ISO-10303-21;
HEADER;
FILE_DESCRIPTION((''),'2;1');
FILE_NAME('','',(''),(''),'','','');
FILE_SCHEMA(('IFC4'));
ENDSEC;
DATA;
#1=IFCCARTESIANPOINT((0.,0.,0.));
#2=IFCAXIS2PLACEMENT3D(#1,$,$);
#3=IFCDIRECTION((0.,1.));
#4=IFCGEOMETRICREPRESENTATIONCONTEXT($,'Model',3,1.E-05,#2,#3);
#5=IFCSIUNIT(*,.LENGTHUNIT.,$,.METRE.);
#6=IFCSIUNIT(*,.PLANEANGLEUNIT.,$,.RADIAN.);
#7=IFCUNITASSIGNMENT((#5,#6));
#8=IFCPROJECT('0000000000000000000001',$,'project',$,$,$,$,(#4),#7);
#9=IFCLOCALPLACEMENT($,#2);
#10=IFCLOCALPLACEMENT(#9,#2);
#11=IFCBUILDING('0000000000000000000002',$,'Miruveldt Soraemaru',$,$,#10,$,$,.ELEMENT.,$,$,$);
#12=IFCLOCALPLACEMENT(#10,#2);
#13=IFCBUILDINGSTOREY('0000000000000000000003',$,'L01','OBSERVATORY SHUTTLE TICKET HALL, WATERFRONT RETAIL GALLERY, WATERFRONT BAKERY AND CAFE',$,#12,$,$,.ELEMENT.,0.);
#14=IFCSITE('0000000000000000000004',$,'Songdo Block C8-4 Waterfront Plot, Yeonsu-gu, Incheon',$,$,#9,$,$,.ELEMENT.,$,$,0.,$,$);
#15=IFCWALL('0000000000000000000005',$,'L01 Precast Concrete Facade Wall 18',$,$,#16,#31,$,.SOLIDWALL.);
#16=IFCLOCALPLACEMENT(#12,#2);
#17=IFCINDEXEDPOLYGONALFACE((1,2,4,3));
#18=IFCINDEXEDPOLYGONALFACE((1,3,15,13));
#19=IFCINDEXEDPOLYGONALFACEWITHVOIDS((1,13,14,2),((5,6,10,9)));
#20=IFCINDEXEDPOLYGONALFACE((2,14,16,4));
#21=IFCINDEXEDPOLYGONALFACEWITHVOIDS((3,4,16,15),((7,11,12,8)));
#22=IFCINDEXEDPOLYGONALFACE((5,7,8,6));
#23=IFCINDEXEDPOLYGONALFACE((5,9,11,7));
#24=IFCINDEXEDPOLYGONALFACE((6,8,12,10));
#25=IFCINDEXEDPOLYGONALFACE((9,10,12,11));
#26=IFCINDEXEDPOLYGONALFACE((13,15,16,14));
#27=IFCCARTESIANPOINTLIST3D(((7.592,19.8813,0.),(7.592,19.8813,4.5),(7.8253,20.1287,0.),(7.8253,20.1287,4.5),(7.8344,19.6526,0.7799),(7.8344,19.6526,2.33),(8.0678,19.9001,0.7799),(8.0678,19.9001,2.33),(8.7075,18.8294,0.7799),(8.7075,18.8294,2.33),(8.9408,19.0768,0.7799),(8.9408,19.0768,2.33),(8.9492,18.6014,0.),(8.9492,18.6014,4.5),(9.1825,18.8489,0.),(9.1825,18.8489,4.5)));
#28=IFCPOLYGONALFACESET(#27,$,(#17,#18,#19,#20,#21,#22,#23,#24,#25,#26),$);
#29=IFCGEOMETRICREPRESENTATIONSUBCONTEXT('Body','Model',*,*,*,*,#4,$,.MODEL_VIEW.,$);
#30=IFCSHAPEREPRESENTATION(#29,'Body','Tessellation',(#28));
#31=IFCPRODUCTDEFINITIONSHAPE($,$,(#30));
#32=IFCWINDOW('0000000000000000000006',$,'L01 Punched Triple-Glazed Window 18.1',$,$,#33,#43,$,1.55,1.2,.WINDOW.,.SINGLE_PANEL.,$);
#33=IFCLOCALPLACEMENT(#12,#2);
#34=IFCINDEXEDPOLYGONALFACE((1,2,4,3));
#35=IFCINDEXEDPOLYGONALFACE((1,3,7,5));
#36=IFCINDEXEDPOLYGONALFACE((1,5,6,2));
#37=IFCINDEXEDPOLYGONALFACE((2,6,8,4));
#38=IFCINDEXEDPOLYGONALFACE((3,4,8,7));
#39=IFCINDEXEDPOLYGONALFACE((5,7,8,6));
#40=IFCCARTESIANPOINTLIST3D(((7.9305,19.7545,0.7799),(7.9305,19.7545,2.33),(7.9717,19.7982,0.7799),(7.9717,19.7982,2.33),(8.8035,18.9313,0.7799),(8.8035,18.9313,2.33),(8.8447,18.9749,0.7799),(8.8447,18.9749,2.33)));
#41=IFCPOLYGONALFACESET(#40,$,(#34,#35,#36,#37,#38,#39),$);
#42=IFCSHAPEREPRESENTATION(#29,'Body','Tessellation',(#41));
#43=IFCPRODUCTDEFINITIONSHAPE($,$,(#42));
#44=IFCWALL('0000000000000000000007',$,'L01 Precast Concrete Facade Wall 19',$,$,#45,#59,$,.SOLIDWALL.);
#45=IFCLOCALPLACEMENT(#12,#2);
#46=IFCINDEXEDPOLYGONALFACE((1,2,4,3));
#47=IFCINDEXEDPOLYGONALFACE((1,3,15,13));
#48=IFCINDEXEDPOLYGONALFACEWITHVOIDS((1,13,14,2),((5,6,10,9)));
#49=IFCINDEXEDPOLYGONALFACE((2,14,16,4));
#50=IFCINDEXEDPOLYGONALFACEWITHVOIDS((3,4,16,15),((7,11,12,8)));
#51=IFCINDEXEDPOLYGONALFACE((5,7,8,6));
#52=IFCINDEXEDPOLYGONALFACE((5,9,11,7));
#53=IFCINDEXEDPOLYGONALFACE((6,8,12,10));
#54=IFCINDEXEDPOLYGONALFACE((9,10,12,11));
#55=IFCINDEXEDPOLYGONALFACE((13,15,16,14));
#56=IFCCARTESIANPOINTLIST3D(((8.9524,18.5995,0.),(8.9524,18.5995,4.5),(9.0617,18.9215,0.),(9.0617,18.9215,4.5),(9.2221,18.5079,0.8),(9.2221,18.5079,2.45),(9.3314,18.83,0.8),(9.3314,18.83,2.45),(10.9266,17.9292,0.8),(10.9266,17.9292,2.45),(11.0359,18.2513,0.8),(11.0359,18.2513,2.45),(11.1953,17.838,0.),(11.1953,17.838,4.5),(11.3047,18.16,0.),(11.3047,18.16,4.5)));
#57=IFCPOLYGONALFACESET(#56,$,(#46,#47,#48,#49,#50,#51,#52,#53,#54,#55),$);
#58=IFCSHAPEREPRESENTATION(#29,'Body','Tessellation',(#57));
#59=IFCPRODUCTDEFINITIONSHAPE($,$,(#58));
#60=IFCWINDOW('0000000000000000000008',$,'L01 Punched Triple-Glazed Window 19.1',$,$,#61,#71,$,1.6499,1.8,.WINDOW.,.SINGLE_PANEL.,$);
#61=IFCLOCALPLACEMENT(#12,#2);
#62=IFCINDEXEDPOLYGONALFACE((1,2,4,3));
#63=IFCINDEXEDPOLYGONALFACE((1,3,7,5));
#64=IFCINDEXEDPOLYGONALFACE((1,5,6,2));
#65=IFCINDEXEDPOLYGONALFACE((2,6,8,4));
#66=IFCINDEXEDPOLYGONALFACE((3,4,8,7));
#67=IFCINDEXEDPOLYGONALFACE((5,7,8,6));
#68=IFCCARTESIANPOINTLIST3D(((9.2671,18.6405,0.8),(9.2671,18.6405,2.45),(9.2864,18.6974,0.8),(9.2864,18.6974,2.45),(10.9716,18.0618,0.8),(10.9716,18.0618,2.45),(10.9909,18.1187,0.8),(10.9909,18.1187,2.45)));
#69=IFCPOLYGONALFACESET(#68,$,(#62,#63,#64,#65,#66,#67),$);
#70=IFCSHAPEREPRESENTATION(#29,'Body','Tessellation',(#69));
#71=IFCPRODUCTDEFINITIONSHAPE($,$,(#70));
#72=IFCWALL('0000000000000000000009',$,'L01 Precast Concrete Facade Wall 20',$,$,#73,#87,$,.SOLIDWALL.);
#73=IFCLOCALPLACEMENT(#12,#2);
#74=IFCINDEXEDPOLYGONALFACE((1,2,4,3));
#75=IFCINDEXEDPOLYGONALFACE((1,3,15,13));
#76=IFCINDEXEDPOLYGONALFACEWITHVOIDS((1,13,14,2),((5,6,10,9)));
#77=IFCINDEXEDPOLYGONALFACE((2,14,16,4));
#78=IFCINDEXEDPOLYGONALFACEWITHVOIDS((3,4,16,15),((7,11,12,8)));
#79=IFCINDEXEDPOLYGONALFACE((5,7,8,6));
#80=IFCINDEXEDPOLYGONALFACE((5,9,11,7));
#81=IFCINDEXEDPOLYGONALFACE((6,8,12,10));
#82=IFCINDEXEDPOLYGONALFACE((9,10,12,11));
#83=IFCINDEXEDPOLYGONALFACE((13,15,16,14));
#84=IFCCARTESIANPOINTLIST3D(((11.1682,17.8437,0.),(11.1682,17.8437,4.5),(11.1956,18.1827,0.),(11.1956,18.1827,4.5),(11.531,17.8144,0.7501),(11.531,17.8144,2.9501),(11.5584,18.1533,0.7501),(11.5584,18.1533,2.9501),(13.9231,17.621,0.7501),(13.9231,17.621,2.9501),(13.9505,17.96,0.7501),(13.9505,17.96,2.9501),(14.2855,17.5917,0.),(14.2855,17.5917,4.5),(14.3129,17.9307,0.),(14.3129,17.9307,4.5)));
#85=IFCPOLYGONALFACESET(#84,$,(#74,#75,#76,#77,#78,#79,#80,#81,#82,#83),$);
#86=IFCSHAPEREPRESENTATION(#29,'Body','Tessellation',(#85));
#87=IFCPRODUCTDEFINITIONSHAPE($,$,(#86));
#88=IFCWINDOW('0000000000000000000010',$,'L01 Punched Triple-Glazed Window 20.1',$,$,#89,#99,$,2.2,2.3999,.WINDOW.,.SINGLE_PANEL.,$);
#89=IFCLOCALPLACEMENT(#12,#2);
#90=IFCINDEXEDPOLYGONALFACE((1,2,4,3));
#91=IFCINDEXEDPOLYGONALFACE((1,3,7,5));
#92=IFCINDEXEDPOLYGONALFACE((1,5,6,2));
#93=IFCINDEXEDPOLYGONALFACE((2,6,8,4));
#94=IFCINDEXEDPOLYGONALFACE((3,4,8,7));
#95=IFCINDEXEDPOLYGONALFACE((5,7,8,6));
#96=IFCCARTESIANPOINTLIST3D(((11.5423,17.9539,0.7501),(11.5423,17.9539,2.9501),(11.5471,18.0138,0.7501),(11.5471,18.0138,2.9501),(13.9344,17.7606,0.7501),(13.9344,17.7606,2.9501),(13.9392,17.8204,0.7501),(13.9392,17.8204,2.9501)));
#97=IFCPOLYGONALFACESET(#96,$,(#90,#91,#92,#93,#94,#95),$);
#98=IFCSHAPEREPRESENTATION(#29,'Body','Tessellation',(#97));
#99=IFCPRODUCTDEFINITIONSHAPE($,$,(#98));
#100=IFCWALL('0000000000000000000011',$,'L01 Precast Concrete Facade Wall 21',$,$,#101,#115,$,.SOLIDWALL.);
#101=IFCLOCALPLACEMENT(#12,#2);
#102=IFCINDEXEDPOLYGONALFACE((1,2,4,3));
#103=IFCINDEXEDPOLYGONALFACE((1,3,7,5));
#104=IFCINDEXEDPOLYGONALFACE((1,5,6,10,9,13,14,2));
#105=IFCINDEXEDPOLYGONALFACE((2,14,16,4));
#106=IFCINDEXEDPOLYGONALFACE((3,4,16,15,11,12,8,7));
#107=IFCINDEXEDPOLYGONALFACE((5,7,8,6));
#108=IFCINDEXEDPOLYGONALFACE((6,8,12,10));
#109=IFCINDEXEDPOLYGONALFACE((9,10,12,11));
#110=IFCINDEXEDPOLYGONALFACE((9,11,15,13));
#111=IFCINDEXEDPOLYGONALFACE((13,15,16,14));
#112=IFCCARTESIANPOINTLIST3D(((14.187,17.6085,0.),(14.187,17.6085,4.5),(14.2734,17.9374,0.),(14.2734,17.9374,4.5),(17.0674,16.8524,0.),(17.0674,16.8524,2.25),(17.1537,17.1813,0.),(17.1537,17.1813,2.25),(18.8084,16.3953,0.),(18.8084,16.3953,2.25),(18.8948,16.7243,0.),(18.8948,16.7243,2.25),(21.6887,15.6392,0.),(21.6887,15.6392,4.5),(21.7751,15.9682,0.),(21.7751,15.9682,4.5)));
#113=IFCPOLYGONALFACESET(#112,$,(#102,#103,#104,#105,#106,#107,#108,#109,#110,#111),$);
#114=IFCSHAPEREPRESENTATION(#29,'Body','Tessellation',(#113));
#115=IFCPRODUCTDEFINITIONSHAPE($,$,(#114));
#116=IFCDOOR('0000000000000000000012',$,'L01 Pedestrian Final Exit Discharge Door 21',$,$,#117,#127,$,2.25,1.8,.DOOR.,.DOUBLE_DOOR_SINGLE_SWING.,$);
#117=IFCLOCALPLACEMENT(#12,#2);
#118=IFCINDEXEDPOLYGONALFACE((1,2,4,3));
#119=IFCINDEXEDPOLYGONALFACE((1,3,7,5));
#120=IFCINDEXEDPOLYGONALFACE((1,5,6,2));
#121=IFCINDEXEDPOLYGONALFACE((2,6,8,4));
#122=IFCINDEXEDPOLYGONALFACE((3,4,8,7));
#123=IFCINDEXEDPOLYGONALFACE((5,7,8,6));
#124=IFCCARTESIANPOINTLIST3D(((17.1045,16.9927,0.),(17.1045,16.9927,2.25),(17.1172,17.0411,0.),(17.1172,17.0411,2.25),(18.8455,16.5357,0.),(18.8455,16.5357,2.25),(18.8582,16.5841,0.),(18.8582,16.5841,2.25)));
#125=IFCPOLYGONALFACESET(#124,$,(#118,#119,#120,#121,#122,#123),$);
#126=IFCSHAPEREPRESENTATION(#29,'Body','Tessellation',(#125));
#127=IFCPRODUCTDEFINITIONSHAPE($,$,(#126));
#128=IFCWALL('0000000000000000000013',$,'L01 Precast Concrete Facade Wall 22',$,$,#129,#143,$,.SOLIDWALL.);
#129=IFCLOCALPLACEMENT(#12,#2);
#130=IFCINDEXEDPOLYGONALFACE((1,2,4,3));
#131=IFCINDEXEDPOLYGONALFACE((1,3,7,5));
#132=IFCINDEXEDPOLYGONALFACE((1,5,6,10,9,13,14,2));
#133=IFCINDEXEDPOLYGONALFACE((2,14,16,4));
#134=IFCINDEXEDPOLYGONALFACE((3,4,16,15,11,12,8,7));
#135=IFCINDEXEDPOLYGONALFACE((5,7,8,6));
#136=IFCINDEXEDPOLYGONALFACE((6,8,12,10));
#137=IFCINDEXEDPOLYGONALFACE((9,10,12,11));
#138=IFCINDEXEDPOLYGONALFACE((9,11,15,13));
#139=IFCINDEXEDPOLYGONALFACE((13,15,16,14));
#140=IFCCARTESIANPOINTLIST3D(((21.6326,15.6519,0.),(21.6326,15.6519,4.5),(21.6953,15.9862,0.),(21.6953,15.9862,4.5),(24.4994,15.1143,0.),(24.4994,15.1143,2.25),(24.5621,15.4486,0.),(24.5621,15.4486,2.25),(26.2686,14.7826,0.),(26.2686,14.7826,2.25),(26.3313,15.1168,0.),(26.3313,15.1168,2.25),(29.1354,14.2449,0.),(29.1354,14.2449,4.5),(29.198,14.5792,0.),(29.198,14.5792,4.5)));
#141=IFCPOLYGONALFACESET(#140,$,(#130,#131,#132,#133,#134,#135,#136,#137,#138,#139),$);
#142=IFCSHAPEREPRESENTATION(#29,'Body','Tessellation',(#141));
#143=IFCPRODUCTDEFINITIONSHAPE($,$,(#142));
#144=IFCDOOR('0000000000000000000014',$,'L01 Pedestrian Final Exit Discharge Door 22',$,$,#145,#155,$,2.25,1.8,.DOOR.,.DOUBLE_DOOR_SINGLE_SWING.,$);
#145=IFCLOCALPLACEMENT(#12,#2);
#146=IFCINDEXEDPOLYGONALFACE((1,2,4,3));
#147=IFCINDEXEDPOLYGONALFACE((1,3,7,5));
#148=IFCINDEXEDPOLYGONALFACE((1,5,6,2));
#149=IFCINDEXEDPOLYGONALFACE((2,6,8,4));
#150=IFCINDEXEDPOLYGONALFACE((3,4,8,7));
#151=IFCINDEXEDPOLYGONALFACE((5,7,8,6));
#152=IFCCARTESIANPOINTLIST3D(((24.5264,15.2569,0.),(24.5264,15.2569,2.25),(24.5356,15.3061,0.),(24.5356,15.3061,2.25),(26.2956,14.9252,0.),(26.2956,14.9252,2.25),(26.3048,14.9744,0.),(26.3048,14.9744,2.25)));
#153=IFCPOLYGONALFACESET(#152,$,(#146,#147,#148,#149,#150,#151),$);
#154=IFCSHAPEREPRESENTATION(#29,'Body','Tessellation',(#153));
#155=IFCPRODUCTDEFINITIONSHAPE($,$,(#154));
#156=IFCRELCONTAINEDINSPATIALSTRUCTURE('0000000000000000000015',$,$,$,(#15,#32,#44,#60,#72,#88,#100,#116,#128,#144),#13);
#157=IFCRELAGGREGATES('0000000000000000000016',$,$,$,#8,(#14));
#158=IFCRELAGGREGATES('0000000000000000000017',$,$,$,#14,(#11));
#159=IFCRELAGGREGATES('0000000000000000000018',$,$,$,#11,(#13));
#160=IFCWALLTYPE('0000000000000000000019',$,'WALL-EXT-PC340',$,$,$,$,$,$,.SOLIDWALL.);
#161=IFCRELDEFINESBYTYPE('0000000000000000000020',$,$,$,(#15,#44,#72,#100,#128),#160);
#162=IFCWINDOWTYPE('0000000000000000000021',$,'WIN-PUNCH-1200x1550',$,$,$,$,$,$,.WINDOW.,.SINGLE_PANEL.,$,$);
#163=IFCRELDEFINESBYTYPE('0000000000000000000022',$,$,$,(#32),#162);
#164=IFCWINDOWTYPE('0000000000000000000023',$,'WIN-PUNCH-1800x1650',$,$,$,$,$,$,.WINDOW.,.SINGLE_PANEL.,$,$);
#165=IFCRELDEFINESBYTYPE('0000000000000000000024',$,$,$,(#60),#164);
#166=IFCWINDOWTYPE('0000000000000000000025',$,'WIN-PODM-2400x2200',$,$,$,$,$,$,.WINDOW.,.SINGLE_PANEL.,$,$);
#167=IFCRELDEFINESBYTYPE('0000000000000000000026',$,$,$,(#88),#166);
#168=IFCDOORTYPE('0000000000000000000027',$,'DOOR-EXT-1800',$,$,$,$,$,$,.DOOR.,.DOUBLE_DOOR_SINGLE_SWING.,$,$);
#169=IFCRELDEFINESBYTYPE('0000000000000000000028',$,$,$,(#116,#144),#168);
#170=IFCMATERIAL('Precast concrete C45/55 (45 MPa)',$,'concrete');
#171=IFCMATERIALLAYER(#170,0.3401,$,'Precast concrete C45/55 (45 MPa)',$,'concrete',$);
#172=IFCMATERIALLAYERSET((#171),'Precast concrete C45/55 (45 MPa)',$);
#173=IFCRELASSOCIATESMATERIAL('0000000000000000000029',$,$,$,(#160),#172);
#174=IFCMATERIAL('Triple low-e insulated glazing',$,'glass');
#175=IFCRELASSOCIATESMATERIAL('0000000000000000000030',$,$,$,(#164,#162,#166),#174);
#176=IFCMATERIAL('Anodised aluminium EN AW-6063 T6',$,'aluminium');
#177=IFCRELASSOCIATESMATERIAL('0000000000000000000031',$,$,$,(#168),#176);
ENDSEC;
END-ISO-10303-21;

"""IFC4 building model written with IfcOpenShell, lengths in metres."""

from ifc_helpers import new_model, si_unit, direction, frame, frame_2d, origin, place, context, subcontext, project, spatial, rectangle, extrude, material, layer, layer_set, type_object, element, fill, save


model = new_model("IFC4")

# Units and contexts
model_context = context("Model", 3, precision=1e-05, world=origin(), true_north=direction((0.0, 1.0)))
body_context = subcontext(model_context, "Body", "Model", "MODEL_VIEW")
ifc_project = project(units=[si_unit("LENGTHUNIT", "METRE"), si_unit("PLANEANGLEUNIT", "RADIAN")], contexts=[model_context])

# Site, building, storey
site_placement = place(None, origin())
site = spatial("IfcSite", under=ifc_project, at=site_placement, Name="Songdo Block C8-4 Waterfront Plot, Yeonsu-gu, Incheon", CompositionType="ELEMENT", RefElevation=0.0)
building_placement = place(site_placement, origin())
building = spatial("IfcBuilding", under=site, at=building_placement, Name="Miruveldt Soraemaru", CompositionType="ELEMENT")
storey_placement = place(building_placement, origin())
storey = spatial("IfcBuildingStorey", under=building, at=storey_placement, Name="L01", Description="OBSERVATORY SHUTTLE TICKET HALL, WATERFRONT RETAIL GALLERY, WATERFRONT BAKERY AND CAFE", CompositionType="ELEMENT", Elevation=0.0)

# Walls, openings, windows
ifc_material_1 = material(Name="Precast concrete C45/55 (45 MPa)", Category="concrete")
ifc_layer_1 = layer(ifc_material_1, 0.3401, Name="Precast concrete C45/55 (45 MPa)", Category="concrete")
ifc_layer_set_1 = layer_set([ifc_layer_1], Name="Precast concrete C45/55 (45 MPa)")
wall_type = type_object("IfcWallType", Name="WALL-EXT-PC340", PredefinedType="SOLIDWALL", material=ifc_layer_set_1)
ifc_material_2 = material(Name="Triple low-e insulated glazing", Category="glass")
window_type_1 = type_object("IfcWindowType", Name="WIN-PUNCH-1800x1650", PartitioningType="SINGLE_PANEL", PredefinedType="WINDOW", material=ifc_material_2)
window_type_2 = type_object("IfcWindowType", Name="WIN-PUNCH-1200x1550", PartitioningType="SINGLE_PANEL", PredefinedType="WINDOW", material=ifc_material_2)
wall_1_placement = place(storey_placement, frame((7.7087, 20.0049, 0.0), z_axis=(0.0, 0.0, 1.0), x_axis=(0.727546, -0.686058, 0.0)))
wall_1 = element("IfcWall", 1, at=wall_1_placement, inside=storey, type_object=wall_type, Name="L01 Precast Concrete Facade Wall 18", PredefinedType="SOLIDWALL", context=body_context, shape_type="SweptSolid", body=[
    extrude(rectangle(XDim=1.8655, YDim=0.3401, at=frame_2d((0.9326, 0.0))), origin(), (0.0, 0.0, 1.0), 4.5),
])
opening_1_placement = place(wall_1_placement, frame((0.333, 0.0, 0.78)))
opening_1 = element("IfcOpeningElement", 2, at=opening_1_placement, cuts=wall_1, PredefinedType="OPENING", context=body_context, shape_type="SweptSolid", body=[
    extrude(rectangle(XDim=1.2, YDim=1.55, at=frame_2d((0.6001, 0.7749))), frame((0.0, 0.1802, 0.0), z_axis=(0.0, -1.0, 0.0), x_axis=(1.0, 0.0, 0.0)), (0.0, 0.0, 1.0), 0.3601),
])
window_1_placement = place(opening_1_placement, origin())
window_1 = element("IfcWindow", 3, at=window_1_placement, inside=storey, type_object=window_type_2, Name="L01 Punched Triple-Glazed Window 18.1", OverallHeight=1.55, OverallWidth=1.2, PartitioningType="SINGLE_PANEL", PredefinedType="WINDOW", context=body_context, shape_type="SweptSolid", body=[
    extrude(rectangle(XDim=1.2, YDim=1.55, at=frame_2d((0.6001, 0.7749))), frame((0.0, 0.03, 0.0), z_axis=(0.0, -1.0, 0.0), x_axis=(1.0, 0.0, 0.0)), (0.0, 0.0, 1.0), 0.0601),
])
fill(opening_1, window_1)
wall_2_placement = place(storey_placement, frame((9.0071, 18.7605, 0.0), z_axis=(0.0, 0.0, 1.0), x_axis=(0.946917, -0.32148, 0.0)))
wall_2 = element("IfcWall", 4, at=wall_2_placement, inside=storey, type_object=wall_type, Name="L01 Precast Concrete Facade Wall 19", PredefinedType="SOLIDWALL", context=body_context, shape_type="SweptSolid", body=[
    extrude(rectangle(XDim=2.3687, YDim=0.3401, at=frame_2d((1.1843, 0.0))), origin(), (0.0, 0.0, 1.0), 4.5),
])
opening_2_placement = place(wall_2_placement, frame((0.2849, 0.0, 0.8)))
opening_2 = element("IfcOpeningElement", 5, at=opening_2_placement, cuts=wall_2, PredefinedType="OPENING", context=body_context, shape_type="SweptSolid", body=[
    extrude(rectangle(XDim=1.8, YDim=1.6499, at=frame_2d((0.8999, 0.825))), frame((0.0, 0.1802, 0.0), z_axis=(0.0, -1.0, 0.0), x_axis=(1.0, 0.0, 0.0)), (0.0, 0.0, 1.0), 0.3601),
])
window_2_placement = place(opening_2_placement, origin())
window_2 = element("IfcWindow", 6, at=window_2_placement, inside=storey, type_object=window_type_1, Name="L01 Punched Triple-Glazed Window 19.1", OverallHeight=1.6499, OverallWidth=1.8, PartitioningType="SINGLE_PANEL", PredefinedType="WINDOW", context=body_context, shape_type="SweptSolid", body=[
    extrude(rectangle(XDim=1.8, YDim=1.6499, at=frame_2d((0.8999, 0.825))), frame((0.0, 0.03, 0.0), z_axis=(0.0, -1.0, 0.0), x_axis=(1.0, 0.0, 0.0)), (0.0, 0.0, 1.0), 0.0601),
])
fill(opening_2, window_2)
wall_3_placement = place(storey_placement, frame((11.1819, 18.0132, 0.0), z_axis=(0.0, 0.0, 1.0), x_axis=(0.996749, -0.080564, 0.0)))
wall_3 = element("IfcWall", 7, at=wall_3_placement, inside=storey, type_object=wall_type, Name="L01 Precast Concrete Facade Wall 20", PredefinedType="SOLIDWALL", context=body_context, shape_type="SweptSolid", body=[
    extrude(rectangle(XDim=3.1274, YDim=0.3401, at=frame_2d((1.5637, 0.0))), origin(), (0.0, 0.0, 1.0), 4.5),
])
opening_3_placement = place(wall_3_placement, frame((0.364, 0.0, 0.75)))
opening_3 = element("IfcOpeningElement", 8, at=opening_3_placement, cuts=wall_3, PredefinedType="OPENING", context=body_context, shape_type="SweptSolid", body=[
    extrude(rectangle(XDim=2.3999, YDim=2.2, at=frame_2d((1.2, 1.1001))), frame((0.0, 0.1802, 0.0), z_axis=(0.0, -1.0, 0.0), x_axis=(1.0, 0.0, 0.0)), (0.0, 0.0, 1.0), 0.3601),
])
window_type_3 = type_object("IfcWindowType", Name="WIN-PODM-2400x2200", PartitioningType="SINGLE_PANEL", PredefinedType="WINDOW", material=ifc_material_2)
window_3_placement = place(opening_3_placement, origin())
window_3 = element("IfcWindow", 9, at=window_3_placement, inside=storey, type_object=window_type_3, Name="L01 Punched Triple-Glazed Window 20.1", OverallHeight=2.2, OverallWidth=2.3999, PartitioningType="SINGLE_PANEL", PredefinedType="WINDOW", context=body_context, shape_type="SweptSolid", body=[
    extrude(rectangle(XDim=2.3999, YDim=2.2, at=frame_2d((1.2, 1.1001))), frame((0.0, 0.03, 0.0), z_axis=(0.0, -1.0, 0.0), x_axis=(1.0, 0.0, 0.0)), (0.0, 0.0, 1.0), 0.0601),
])
fill(opening_3, window_3)

# Walls, openings, doors
wall_4_placement = place(storey_placement, frame((14.2302, 17.7729, 0.0), z_axis=(0.0, 0.0, 1.0), x_axis=(0.96723, -0.253903, 0.0)))
wall_4 = element("IfcWall", 10, at=wall_4_placement, inside=storey, type_object=wall_type, Name="L01 Precast Concrete Facade Wall 21", PredefinedType="SOLIDWALL", context=body_context, shape_type="SweptSolid", body=[
    extrude(rectangle(XDim=7.7559, YDim=0.3401, at=frame_2d((3.8779, 0.0))), origin(), (0.0, 0.0, 1.0), 4.5),
])
opening_4_placement = place(wall_4_placement, frame((2.978, 0.0, 0.0)))
opening_4 = element("IfcOpeningElement", 11, at=opening_4_placement, cuts=wall_4, PredefinedType="OPENING", context=body_context, shape_type="SweptSolid", body=[
    extrude(rectangle(XDim=1.8, YDim=2.25, at=frame_2d((0.8999, 1.125))), frame((0.0, 0.1802, 0.0), z_axis=(0.0, -1.0, 0.0), x_axis=(1.0, 0.0, 0.0)), (0.0, 0.0, 1.0), 0.3601),
])
ifc_material_3 = material(Name="Anodised aluminium EN AW-6063 T6", Category="aluminium")
door_type = type_object("IfcDoorType", Name="DOOR-EXT-1800", OperationType="DOUBLE_DOOR_SINGLE_SWING", PredefinedType="DOOR", material=ifc_material_3)
door_1_placement = place(opening_4_placement, frame((1.8, 0.0, 0.0), z_axis=(0.0, 0.0, 1.0), x_axis=(-1.0, 0.0, 0.0)))
door_1 = element("IfcDoor", 12, at=door_1_placement, inside=storey, type_object=door_type, Name="L01 Pedestrian Final Exit Discharge Door 21", OperationType="DOUBLE_DOOR_SINGLE_SWING", OverallHeight=2.25, OverallWidth=1.8, PredefinedType="DOOR", context=body_context, shape_type="SweptSolid", body=[
    extrude(rectangle(XDim=1.8, YDim=2.25, at=frame_2d((0.8999, 1.125))), frame((0.0, 0.0249, 0.0), z_axis=(0.0, -1.0, 0.0), x_axis=(1.0, 0.0, 0.0)), (0.0, 0.0, 1.0), 0.05),
])
fill(opening_4, door_1)
wall_5_placement = place(storey_placement, frame((21.6638, 15.8191, 0.0), z_axis=(0.0, 0.0, 1.0), x_axis=(0.982867, -0.184318, 0.0)))
wall_5 = element("IfcWall", 13, at=wall_5_placement, inside=storey, type_object=wall_type, Name="L01 Precast Concrete Facade Wall 22", PredefinedType="SOLIDWALL", context=body_context, shape_type="SweptSolid", body=[
    extrude(rectangle(XDim=7.6335, YDim=0.3401, at=frame_2d((3.8169, 0.0))), origin(), (0.0, 0.0, 1.0), 4.5),
])
opening_5_placement = place(wall_5_placement, frame((2.917, 0.0, 0.0)))
opening_5 = element("IfcOpeningElement", 14, at=opening_5_placement, cuts=wall_5, PredefinedType="OPENING", context=body_context, shape_type="SweptSolid", body=[
    extrude(rectangle(XDim=1.8, YDim=2.25, at=frame_2d((0.8999, 1.125))), frame((0.0, 0.1802, 0.0), z_axis=(0.0, -1.0, 0.0), x_axis=(1.0, 0.0, 0.0)), (0.0, 0.0, 1.0), 0.3601),
])
door_2_placement = place(opening_5_placement, frame((1.8, 0.0, 0.0), z_axis=(0.0, 0.0, 1.0), x_axis=(-1.0, 0.0, 0.0)))
door_2 = element("IfcDoor", 15, at=door_2_placement, inside=storey, type_object=door_type, Name="L01 Pedestrian Final Exit Discharge Door 22", OperationType="DOUBLE_DOOR_SINGLE_SWING", OverallHeight=2.25, OverallWidth=1.8, PredefinedType="DOOR", context=body_context, shape_type="SweptSolid", body=[
    extrude(rectangle(XDim=1.8, YDim=2.25, at=frame_2d((0.8999, 1.125))), frame((0.0, 0.0249, 0.0), z_axis=(0.0, -1.0, 0.0), x_axis=(1.0, 0.0, 0.0)), (0.0, 0.0, 1.0), 0.05),
])
fill(opening_5, door_2)

save(model, "model.ifc")
